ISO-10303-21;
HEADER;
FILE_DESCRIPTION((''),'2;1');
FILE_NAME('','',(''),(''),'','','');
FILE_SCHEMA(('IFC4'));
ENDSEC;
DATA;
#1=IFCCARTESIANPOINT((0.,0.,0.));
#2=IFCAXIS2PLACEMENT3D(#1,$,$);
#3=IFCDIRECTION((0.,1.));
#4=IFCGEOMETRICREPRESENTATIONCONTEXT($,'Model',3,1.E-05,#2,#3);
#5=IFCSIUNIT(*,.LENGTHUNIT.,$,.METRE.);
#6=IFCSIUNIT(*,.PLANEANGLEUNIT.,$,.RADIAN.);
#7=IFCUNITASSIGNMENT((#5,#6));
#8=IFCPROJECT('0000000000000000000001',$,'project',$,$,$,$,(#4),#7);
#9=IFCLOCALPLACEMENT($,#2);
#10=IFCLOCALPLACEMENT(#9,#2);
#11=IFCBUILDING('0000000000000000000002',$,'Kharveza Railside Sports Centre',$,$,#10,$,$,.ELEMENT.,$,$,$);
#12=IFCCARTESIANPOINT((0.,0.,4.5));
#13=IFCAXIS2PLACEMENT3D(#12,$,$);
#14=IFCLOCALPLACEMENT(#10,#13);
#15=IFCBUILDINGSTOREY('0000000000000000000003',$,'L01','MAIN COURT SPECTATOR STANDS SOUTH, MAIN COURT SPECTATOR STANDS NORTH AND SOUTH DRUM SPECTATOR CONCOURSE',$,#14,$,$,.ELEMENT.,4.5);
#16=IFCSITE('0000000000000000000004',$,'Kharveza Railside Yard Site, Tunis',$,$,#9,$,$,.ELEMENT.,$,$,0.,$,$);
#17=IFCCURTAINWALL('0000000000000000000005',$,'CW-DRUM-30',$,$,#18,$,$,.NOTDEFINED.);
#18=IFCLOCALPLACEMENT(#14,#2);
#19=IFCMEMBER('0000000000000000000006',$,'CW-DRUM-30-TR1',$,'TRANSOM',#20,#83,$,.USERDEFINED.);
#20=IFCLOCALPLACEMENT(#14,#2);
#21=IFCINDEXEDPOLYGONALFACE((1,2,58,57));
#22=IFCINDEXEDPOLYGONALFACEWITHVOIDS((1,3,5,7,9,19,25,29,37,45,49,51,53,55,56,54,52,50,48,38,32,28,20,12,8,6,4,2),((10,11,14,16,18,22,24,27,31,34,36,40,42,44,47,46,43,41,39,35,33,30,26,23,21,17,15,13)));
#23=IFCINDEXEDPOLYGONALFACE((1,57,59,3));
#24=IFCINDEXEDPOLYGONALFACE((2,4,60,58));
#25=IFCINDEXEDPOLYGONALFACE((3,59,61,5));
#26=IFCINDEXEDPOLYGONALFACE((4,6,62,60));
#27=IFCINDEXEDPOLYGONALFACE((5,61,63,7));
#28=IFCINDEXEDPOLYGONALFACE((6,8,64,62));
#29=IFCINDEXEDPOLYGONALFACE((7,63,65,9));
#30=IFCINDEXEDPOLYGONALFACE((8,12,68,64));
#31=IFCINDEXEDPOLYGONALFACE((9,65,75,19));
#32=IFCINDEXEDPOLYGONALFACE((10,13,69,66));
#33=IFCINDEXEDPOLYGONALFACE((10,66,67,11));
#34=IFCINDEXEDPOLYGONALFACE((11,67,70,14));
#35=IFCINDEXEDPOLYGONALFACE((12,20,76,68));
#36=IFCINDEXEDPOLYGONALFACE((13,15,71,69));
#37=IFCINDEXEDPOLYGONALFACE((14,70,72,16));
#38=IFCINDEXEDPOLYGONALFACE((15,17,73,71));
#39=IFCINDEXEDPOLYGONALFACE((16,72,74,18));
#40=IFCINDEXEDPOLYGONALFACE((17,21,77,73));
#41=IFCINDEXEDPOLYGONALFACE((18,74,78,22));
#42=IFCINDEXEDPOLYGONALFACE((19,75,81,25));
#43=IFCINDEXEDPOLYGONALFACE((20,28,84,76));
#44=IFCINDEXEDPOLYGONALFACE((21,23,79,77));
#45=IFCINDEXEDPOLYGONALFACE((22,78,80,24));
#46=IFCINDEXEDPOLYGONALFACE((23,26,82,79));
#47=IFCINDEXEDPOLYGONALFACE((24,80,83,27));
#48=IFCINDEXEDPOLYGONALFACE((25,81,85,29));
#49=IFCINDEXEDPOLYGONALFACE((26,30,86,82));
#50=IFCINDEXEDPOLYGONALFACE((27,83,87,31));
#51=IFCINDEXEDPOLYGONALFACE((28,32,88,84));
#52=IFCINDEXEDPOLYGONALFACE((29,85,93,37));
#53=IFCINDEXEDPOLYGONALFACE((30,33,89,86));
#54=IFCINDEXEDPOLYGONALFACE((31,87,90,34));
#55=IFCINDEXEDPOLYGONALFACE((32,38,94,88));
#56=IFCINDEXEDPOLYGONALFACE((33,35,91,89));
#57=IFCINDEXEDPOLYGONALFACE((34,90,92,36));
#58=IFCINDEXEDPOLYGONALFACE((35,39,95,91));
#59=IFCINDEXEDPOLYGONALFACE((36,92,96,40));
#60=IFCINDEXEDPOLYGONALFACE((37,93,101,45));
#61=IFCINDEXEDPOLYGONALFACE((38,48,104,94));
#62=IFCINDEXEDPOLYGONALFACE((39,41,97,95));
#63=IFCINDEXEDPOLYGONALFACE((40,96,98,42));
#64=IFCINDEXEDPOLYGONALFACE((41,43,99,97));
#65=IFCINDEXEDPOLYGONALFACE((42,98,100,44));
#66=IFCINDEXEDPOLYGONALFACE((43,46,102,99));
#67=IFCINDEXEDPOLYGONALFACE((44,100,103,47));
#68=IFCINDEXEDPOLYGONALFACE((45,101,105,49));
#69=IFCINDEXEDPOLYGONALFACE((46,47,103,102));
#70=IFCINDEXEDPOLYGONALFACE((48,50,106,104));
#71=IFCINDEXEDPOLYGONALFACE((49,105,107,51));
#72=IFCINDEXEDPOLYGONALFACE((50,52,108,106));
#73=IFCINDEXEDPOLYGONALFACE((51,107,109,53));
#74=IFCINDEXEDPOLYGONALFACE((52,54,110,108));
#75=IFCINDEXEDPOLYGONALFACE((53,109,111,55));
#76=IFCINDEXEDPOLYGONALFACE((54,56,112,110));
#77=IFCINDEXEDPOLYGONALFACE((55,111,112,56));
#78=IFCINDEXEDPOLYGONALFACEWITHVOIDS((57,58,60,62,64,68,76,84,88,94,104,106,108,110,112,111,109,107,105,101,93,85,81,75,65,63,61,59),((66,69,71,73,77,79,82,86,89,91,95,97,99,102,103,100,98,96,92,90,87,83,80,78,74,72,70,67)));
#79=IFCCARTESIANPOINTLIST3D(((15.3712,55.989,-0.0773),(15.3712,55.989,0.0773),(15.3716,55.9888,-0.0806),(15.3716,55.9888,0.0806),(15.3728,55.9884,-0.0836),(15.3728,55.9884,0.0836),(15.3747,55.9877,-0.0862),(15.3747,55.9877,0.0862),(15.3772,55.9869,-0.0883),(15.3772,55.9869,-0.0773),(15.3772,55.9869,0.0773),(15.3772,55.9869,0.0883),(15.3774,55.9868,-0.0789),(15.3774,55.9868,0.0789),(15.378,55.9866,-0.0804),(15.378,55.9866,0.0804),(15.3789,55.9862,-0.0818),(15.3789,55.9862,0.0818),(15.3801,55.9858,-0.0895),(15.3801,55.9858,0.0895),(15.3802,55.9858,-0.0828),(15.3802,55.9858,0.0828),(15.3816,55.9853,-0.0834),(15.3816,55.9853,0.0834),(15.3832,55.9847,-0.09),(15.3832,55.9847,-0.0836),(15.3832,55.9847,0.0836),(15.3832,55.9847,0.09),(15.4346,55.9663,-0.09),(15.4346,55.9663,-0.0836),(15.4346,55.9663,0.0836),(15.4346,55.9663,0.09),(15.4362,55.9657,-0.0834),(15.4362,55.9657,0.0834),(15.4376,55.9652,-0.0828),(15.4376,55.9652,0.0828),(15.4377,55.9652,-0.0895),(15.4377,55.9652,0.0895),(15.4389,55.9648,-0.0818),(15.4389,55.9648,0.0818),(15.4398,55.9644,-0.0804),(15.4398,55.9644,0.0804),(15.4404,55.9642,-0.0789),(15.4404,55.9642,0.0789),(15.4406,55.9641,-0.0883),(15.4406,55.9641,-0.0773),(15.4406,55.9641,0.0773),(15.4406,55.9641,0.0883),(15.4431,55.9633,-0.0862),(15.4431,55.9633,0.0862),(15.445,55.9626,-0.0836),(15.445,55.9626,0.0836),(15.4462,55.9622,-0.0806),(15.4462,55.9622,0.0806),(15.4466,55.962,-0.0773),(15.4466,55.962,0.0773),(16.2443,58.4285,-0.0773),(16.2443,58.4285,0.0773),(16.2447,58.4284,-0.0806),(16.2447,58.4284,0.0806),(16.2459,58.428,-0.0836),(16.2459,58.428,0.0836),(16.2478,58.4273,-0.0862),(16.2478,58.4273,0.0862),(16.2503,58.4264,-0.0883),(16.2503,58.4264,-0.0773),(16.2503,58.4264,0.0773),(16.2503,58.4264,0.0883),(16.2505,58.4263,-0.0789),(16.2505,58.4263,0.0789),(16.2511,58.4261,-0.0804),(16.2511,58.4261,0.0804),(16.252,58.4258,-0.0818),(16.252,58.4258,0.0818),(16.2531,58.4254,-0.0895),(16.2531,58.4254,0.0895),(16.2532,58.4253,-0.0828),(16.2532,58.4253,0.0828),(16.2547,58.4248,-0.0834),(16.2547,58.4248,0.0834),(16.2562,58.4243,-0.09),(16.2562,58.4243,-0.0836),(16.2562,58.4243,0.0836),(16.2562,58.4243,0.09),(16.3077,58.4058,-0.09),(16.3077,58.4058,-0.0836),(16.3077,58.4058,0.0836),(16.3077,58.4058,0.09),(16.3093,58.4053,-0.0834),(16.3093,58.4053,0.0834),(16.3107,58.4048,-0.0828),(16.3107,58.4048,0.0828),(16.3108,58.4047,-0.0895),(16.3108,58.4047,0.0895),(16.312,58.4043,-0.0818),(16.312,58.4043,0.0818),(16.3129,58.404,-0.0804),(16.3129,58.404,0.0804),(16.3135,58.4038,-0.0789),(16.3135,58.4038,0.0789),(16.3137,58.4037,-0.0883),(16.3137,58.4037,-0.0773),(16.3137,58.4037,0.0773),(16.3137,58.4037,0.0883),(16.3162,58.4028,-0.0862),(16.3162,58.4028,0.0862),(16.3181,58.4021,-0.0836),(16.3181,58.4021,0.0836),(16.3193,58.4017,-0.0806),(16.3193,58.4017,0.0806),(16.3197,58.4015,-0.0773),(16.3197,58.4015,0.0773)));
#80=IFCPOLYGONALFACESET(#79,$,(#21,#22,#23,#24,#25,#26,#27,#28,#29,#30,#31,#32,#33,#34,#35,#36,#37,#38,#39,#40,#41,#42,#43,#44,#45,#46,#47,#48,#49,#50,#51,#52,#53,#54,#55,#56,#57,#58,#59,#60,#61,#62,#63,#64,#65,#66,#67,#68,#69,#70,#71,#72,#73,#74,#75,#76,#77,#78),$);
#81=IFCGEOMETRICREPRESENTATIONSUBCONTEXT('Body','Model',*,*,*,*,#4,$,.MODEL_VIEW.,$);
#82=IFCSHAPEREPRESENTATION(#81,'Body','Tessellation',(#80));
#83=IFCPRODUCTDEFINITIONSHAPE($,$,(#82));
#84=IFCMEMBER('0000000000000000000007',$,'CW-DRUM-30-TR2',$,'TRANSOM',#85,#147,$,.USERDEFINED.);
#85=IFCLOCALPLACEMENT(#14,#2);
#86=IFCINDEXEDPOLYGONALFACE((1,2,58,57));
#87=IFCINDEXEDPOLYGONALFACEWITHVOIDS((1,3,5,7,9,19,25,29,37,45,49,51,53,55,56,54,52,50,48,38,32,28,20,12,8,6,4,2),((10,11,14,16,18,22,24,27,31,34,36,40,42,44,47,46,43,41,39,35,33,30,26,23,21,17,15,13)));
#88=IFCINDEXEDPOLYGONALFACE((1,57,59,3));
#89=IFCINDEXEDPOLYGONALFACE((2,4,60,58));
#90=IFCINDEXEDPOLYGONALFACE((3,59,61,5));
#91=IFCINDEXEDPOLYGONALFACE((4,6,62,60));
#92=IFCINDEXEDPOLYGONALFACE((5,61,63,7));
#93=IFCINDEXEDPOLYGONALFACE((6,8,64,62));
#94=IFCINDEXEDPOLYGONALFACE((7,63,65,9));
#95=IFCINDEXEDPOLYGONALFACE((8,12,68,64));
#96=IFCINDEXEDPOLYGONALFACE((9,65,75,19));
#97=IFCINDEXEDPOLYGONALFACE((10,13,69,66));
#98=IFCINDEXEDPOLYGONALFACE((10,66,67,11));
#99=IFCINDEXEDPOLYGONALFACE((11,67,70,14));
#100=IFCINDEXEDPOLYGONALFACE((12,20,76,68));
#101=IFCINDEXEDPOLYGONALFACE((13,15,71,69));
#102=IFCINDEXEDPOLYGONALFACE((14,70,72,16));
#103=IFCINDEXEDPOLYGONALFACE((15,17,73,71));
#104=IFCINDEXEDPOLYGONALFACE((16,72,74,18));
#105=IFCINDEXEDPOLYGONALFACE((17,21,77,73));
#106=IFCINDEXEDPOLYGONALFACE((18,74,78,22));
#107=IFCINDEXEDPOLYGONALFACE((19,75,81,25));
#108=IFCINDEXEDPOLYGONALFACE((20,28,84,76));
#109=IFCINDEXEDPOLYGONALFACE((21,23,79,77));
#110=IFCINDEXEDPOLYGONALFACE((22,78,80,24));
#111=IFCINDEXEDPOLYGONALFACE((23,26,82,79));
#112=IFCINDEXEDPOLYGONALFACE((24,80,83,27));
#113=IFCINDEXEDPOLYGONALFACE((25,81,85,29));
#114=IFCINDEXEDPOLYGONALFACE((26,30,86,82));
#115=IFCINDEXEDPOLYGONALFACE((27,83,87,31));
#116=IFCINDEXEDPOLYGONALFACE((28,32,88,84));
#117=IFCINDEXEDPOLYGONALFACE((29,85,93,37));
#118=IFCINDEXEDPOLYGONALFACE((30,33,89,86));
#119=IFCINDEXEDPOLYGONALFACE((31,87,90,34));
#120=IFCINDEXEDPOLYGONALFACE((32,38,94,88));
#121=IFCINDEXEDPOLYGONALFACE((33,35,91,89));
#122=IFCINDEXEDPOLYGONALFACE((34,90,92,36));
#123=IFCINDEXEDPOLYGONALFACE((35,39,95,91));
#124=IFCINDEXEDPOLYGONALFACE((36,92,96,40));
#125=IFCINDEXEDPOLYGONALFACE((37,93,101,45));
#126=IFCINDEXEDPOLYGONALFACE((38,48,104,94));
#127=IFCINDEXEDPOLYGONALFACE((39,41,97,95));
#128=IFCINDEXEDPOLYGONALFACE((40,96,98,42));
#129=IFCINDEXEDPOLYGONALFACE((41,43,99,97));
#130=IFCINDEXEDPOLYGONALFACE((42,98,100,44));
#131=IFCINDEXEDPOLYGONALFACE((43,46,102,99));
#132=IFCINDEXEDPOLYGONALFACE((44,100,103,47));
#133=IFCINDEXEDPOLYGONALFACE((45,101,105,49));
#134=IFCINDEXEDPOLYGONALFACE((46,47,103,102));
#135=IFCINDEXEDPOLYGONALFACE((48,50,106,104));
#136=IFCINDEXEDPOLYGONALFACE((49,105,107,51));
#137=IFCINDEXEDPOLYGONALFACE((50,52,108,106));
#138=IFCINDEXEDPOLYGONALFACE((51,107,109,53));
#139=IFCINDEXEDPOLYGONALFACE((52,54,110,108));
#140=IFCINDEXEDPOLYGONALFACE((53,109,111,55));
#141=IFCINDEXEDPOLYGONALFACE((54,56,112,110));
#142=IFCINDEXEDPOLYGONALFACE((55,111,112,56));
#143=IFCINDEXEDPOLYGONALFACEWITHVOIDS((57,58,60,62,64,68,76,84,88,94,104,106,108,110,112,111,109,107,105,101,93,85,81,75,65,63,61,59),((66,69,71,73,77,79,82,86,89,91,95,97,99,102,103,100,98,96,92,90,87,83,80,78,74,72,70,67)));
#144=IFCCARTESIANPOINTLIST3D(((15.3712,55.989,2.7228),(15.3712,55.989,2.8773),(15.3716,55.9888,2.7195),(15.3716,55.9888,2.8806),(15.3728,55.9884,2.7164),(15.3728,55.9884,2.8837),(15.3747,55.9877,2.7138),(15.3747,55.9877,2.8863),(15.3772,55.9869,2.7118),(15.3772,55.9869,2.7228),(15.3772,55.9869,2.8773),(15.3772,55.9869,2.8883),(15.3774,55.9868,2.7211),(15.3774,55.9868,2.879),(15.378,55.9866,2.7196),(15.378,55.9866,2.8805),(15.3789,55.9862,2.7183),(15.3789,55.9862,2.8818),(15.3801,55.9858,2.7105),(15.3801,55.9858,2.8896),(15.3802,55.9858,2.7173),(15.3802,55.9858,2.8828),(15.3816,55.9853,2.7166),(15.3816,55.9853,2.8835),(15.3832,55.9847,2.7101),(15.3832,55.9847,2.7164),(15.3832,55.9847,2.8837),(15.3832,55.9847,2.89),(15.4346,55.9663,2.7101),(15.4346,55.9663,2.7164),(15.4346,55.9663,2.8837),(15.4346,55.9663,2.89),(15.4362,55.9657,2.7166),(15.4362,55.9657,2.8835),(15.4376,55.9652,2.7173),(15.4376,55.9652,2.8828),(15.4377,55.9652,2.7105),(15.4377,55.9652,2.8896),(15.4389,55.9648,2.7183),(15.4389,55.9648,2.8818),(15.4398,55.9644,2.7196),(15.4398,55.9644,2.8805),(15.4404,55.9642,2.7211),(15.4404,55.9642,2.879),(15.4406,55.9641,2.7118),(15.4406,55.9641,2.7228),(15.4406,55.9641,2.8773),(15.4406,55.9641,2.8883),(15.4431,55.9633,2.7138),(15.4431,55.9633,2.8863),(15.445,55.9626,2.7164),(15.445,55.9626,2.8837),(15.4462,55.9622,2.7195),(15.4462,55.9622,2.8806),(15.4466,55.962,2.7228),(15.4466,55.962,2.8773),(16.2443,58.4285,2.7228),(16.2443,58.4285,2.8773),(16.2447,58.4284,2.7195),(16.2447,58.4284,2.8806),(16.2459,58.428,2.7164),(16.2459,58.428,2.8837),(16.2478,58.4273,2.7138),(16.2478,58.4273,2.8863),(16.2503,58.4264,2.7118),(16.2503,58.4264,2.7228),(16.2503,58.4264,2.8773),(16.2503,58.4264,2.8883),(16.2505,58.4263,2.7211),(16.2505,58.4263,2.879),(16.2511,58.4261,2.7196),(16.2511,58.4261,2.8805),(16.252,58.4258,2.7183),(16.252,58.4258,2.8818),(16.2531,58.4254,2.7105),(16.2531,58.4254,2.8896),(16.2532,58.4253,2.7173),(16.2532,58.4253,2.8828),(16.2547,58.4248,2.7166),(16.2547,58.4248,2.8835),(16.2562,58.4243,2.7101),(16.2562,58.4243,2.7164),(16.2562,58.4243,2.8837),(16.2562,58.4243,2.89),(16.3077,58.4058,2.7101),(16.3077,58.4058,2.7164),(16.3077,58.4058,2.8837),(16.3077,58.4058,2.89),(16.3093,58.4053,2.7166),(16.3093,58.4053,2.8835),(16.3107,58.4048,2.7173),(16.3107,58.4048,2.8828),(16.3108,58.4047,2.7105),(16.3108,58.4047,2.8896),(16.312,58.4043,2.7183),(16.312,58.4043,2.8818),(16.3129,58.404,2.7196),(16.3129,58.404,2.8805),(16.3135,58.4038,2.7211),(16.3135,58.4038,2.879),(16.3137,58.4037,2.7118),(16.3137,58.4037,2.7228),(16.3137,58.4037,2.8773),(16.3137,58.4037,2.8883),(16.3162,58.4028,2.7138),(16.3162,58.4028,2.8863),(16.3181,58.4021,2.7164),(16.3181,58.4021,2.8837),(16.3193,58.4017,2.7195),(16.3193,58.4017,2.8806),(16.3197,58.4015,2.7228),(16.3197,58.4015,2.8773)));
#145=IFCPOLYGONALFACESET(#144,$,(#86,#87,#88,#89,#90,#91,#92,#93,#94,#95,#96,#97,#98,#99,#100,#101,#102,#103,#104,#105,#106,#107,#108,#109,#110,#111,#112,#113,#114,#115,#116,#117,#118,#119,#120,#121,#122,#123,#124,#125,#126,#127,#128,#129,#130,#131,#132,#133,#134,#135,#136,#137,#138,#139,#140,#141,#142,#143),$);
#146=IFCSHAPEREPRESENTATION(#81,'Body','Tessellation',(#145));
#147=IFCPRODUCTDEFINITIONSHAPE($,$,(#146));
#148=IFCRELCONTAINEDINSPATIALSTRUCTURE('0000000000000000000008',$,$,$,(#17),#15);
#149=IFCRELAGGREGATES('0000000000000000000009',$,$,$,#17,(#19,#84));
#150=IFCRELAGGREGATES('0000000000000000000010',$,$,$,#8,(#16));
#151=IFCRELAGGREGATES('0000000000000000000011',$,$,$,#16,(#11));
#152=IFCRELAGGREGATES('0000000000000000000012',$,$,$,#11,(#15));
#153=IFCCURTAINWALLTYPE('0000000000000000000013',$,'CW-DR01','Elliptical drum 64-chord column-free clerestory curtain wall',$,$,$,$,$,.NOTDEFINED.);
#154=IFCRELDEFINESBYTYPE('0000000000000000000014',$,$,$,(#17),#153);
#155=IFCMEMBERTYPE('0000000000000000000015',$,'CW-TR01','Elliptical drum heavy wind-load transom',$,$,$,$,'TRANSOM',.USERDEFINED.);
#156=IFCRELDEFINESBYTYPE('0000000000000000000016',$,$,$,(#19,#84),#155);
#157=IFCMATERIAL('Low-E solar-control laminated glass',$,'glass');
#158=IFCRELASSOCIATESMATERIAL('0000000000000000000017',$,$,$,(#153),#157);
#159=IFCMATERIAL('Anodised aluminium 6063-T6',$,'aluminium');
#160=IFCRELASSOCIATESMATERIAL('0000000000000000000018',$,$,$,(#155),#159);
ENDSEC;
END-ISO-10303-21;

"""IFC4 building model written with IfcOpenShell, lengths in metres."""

from ifc_helpers import new_model, si_unit, direction, frame, origin, origin_2d, place, context, subcontext, project, spatial, hollow_rectangle, extrude, material, material_profile, profile_set, type_object, element, aggregate, save


model = new_model("IFC4")

# Units and contexts
model_context = context("Model", 3, precision=1e-05, world=origin(), true_north=direction((0.0, 1.0)))
body_context = subcontext(model_context, "Body", "Model", "MODEL_VIEW")
ifc_project = project(units=[si_unit("LENGTHUNIT", "METRE"), si_unit("PLANEANGLEUNIT", "RADIAN")], contexts=[model_context])

# Site, building, storey
site_placement = place(None, origin())
site = spatial("IfcSite", under=ifc_project, at=site_placement, Name="Kharveza Railside Yard Site, Tunis", CompositionType="ELEMENT", RefElevation=0.0)
building_placement = place(site_placement, origin())
building = spatial("IfcBuilding", under=site, at=building_placement, Name="Kharveza Railside Sports Centre", CompositionType="ELEMENT")
storey_placement = place(building_placement, frame((0.0, 0.0, 4.5)))
storey = spatial("IfcBuildingStorey", under=building, at=storey_placement, Name="L01", Description="MAIN COURT SPECTATOR STANDS SOUTH, MAIN COURT SPECTATOR STANDS NORTH AND SOUTH DRUM SPECTATOR CONCOURSE", CompositionType="ELEMENT", Elevation=4.5)

# Shared definitions
ifc_material_1 = material(Name="Low-E solar-control laminated glass", Category="glass")
curtain_wall_type = type_object("IfcCurtainWallType", Name="CW-DR01", Description="Elliptical drum 64-chord column-free clerestory curtain wall", PredefinedType="NOTDEFINED", material=ifc_material_1)
ifc_material_2 = material(Name="Anodised aluminium 6063-T6", Category="aluminium")

# Curtain wall
curtain_wall_1_placement = place(storey_placement, origin())
curtain_wall_1 = element("IfcCurtainWall", 1, at=curtain_wall_1_placement, inside=storey, type_object=curtain_wall_type, Name="CW-DRUM-30", PredefinedType="NOTDEFINED")

# Members
ifc_material_profile_1 = material_profile(ifc_material_2, hollow_rectangle(XDim=0.0801, YDim=0.1799, WallThickness=0.0063, InnerFilletRadius=0.0063, OuterFilletRadius=0.0127, at=origin_2d()), Name="RHS 80x180x6.3")
ifc_profile_set_1 = profile_set([ifc_material_profile_1], Name="Anodised aluminium 6063-T6")
member_type_1 = type_object("IfcMemberType", Name="CW-TR01", Description="Elliptical drum heavy wind-load transom", ElementType="TRANSOM", PredefinedType="USERDEFINED", material=ifc_profile_set_1)
member_1_placement = place(storey_placement, frame((16.282, 58.415, 0.0), z_axis=(-0.336957, -0.94152, 0.0), x_axis=(0.94152, -0.336957, 0.0)))
member_1 = element("IfcMember", 2, at=member_1_placement, type_object=member_type_1, Name="CW-DRUM-30-TR1", ObjectType="TRANSOM", PredefinedType="USERDEFINED", context=body_context, shape_type="SweptSolid", body=[
    extrude(hollow_rectangle(XDim=0.0801, YDim=0.1799, WallThickness=0.0063, InnerFilletRadius=0.0063, OuterFilletRadius=0.0127, at=origin_2d()), origin(), (0.0, 0.0, 1.0), 2.5911),
])
member_2_placement = place(storey_placement, frame((16.282, 58.415, 2.8), z_axis=(-0.336957, -0.94152, 0.0), x_axis=(0.94152, -0.336957, 0.0)))
member_2 = element("IfcMember", 3, at=member_2_placement, type_object=member_type_1, Name="CW-DRUM-30-TR2", ObjectType="TRANSOM", PredefinedType="USERDEFINED", context=body_context, shape_type="SweptSolid", body=[
    extrude(hollow_rectangle(XDim=0.0801, YDim=0.1799, WallThickness=0.0063, InnerFilletRadius=0.0063, OuterFilletRadius=0.0127, at=origin_2d()), origin(), (0.0, 0.0, 1.0), 2.5911),
])

aggregate(curtain_wall_1, [member_1, member_2])

save(model, "model.ifc")
